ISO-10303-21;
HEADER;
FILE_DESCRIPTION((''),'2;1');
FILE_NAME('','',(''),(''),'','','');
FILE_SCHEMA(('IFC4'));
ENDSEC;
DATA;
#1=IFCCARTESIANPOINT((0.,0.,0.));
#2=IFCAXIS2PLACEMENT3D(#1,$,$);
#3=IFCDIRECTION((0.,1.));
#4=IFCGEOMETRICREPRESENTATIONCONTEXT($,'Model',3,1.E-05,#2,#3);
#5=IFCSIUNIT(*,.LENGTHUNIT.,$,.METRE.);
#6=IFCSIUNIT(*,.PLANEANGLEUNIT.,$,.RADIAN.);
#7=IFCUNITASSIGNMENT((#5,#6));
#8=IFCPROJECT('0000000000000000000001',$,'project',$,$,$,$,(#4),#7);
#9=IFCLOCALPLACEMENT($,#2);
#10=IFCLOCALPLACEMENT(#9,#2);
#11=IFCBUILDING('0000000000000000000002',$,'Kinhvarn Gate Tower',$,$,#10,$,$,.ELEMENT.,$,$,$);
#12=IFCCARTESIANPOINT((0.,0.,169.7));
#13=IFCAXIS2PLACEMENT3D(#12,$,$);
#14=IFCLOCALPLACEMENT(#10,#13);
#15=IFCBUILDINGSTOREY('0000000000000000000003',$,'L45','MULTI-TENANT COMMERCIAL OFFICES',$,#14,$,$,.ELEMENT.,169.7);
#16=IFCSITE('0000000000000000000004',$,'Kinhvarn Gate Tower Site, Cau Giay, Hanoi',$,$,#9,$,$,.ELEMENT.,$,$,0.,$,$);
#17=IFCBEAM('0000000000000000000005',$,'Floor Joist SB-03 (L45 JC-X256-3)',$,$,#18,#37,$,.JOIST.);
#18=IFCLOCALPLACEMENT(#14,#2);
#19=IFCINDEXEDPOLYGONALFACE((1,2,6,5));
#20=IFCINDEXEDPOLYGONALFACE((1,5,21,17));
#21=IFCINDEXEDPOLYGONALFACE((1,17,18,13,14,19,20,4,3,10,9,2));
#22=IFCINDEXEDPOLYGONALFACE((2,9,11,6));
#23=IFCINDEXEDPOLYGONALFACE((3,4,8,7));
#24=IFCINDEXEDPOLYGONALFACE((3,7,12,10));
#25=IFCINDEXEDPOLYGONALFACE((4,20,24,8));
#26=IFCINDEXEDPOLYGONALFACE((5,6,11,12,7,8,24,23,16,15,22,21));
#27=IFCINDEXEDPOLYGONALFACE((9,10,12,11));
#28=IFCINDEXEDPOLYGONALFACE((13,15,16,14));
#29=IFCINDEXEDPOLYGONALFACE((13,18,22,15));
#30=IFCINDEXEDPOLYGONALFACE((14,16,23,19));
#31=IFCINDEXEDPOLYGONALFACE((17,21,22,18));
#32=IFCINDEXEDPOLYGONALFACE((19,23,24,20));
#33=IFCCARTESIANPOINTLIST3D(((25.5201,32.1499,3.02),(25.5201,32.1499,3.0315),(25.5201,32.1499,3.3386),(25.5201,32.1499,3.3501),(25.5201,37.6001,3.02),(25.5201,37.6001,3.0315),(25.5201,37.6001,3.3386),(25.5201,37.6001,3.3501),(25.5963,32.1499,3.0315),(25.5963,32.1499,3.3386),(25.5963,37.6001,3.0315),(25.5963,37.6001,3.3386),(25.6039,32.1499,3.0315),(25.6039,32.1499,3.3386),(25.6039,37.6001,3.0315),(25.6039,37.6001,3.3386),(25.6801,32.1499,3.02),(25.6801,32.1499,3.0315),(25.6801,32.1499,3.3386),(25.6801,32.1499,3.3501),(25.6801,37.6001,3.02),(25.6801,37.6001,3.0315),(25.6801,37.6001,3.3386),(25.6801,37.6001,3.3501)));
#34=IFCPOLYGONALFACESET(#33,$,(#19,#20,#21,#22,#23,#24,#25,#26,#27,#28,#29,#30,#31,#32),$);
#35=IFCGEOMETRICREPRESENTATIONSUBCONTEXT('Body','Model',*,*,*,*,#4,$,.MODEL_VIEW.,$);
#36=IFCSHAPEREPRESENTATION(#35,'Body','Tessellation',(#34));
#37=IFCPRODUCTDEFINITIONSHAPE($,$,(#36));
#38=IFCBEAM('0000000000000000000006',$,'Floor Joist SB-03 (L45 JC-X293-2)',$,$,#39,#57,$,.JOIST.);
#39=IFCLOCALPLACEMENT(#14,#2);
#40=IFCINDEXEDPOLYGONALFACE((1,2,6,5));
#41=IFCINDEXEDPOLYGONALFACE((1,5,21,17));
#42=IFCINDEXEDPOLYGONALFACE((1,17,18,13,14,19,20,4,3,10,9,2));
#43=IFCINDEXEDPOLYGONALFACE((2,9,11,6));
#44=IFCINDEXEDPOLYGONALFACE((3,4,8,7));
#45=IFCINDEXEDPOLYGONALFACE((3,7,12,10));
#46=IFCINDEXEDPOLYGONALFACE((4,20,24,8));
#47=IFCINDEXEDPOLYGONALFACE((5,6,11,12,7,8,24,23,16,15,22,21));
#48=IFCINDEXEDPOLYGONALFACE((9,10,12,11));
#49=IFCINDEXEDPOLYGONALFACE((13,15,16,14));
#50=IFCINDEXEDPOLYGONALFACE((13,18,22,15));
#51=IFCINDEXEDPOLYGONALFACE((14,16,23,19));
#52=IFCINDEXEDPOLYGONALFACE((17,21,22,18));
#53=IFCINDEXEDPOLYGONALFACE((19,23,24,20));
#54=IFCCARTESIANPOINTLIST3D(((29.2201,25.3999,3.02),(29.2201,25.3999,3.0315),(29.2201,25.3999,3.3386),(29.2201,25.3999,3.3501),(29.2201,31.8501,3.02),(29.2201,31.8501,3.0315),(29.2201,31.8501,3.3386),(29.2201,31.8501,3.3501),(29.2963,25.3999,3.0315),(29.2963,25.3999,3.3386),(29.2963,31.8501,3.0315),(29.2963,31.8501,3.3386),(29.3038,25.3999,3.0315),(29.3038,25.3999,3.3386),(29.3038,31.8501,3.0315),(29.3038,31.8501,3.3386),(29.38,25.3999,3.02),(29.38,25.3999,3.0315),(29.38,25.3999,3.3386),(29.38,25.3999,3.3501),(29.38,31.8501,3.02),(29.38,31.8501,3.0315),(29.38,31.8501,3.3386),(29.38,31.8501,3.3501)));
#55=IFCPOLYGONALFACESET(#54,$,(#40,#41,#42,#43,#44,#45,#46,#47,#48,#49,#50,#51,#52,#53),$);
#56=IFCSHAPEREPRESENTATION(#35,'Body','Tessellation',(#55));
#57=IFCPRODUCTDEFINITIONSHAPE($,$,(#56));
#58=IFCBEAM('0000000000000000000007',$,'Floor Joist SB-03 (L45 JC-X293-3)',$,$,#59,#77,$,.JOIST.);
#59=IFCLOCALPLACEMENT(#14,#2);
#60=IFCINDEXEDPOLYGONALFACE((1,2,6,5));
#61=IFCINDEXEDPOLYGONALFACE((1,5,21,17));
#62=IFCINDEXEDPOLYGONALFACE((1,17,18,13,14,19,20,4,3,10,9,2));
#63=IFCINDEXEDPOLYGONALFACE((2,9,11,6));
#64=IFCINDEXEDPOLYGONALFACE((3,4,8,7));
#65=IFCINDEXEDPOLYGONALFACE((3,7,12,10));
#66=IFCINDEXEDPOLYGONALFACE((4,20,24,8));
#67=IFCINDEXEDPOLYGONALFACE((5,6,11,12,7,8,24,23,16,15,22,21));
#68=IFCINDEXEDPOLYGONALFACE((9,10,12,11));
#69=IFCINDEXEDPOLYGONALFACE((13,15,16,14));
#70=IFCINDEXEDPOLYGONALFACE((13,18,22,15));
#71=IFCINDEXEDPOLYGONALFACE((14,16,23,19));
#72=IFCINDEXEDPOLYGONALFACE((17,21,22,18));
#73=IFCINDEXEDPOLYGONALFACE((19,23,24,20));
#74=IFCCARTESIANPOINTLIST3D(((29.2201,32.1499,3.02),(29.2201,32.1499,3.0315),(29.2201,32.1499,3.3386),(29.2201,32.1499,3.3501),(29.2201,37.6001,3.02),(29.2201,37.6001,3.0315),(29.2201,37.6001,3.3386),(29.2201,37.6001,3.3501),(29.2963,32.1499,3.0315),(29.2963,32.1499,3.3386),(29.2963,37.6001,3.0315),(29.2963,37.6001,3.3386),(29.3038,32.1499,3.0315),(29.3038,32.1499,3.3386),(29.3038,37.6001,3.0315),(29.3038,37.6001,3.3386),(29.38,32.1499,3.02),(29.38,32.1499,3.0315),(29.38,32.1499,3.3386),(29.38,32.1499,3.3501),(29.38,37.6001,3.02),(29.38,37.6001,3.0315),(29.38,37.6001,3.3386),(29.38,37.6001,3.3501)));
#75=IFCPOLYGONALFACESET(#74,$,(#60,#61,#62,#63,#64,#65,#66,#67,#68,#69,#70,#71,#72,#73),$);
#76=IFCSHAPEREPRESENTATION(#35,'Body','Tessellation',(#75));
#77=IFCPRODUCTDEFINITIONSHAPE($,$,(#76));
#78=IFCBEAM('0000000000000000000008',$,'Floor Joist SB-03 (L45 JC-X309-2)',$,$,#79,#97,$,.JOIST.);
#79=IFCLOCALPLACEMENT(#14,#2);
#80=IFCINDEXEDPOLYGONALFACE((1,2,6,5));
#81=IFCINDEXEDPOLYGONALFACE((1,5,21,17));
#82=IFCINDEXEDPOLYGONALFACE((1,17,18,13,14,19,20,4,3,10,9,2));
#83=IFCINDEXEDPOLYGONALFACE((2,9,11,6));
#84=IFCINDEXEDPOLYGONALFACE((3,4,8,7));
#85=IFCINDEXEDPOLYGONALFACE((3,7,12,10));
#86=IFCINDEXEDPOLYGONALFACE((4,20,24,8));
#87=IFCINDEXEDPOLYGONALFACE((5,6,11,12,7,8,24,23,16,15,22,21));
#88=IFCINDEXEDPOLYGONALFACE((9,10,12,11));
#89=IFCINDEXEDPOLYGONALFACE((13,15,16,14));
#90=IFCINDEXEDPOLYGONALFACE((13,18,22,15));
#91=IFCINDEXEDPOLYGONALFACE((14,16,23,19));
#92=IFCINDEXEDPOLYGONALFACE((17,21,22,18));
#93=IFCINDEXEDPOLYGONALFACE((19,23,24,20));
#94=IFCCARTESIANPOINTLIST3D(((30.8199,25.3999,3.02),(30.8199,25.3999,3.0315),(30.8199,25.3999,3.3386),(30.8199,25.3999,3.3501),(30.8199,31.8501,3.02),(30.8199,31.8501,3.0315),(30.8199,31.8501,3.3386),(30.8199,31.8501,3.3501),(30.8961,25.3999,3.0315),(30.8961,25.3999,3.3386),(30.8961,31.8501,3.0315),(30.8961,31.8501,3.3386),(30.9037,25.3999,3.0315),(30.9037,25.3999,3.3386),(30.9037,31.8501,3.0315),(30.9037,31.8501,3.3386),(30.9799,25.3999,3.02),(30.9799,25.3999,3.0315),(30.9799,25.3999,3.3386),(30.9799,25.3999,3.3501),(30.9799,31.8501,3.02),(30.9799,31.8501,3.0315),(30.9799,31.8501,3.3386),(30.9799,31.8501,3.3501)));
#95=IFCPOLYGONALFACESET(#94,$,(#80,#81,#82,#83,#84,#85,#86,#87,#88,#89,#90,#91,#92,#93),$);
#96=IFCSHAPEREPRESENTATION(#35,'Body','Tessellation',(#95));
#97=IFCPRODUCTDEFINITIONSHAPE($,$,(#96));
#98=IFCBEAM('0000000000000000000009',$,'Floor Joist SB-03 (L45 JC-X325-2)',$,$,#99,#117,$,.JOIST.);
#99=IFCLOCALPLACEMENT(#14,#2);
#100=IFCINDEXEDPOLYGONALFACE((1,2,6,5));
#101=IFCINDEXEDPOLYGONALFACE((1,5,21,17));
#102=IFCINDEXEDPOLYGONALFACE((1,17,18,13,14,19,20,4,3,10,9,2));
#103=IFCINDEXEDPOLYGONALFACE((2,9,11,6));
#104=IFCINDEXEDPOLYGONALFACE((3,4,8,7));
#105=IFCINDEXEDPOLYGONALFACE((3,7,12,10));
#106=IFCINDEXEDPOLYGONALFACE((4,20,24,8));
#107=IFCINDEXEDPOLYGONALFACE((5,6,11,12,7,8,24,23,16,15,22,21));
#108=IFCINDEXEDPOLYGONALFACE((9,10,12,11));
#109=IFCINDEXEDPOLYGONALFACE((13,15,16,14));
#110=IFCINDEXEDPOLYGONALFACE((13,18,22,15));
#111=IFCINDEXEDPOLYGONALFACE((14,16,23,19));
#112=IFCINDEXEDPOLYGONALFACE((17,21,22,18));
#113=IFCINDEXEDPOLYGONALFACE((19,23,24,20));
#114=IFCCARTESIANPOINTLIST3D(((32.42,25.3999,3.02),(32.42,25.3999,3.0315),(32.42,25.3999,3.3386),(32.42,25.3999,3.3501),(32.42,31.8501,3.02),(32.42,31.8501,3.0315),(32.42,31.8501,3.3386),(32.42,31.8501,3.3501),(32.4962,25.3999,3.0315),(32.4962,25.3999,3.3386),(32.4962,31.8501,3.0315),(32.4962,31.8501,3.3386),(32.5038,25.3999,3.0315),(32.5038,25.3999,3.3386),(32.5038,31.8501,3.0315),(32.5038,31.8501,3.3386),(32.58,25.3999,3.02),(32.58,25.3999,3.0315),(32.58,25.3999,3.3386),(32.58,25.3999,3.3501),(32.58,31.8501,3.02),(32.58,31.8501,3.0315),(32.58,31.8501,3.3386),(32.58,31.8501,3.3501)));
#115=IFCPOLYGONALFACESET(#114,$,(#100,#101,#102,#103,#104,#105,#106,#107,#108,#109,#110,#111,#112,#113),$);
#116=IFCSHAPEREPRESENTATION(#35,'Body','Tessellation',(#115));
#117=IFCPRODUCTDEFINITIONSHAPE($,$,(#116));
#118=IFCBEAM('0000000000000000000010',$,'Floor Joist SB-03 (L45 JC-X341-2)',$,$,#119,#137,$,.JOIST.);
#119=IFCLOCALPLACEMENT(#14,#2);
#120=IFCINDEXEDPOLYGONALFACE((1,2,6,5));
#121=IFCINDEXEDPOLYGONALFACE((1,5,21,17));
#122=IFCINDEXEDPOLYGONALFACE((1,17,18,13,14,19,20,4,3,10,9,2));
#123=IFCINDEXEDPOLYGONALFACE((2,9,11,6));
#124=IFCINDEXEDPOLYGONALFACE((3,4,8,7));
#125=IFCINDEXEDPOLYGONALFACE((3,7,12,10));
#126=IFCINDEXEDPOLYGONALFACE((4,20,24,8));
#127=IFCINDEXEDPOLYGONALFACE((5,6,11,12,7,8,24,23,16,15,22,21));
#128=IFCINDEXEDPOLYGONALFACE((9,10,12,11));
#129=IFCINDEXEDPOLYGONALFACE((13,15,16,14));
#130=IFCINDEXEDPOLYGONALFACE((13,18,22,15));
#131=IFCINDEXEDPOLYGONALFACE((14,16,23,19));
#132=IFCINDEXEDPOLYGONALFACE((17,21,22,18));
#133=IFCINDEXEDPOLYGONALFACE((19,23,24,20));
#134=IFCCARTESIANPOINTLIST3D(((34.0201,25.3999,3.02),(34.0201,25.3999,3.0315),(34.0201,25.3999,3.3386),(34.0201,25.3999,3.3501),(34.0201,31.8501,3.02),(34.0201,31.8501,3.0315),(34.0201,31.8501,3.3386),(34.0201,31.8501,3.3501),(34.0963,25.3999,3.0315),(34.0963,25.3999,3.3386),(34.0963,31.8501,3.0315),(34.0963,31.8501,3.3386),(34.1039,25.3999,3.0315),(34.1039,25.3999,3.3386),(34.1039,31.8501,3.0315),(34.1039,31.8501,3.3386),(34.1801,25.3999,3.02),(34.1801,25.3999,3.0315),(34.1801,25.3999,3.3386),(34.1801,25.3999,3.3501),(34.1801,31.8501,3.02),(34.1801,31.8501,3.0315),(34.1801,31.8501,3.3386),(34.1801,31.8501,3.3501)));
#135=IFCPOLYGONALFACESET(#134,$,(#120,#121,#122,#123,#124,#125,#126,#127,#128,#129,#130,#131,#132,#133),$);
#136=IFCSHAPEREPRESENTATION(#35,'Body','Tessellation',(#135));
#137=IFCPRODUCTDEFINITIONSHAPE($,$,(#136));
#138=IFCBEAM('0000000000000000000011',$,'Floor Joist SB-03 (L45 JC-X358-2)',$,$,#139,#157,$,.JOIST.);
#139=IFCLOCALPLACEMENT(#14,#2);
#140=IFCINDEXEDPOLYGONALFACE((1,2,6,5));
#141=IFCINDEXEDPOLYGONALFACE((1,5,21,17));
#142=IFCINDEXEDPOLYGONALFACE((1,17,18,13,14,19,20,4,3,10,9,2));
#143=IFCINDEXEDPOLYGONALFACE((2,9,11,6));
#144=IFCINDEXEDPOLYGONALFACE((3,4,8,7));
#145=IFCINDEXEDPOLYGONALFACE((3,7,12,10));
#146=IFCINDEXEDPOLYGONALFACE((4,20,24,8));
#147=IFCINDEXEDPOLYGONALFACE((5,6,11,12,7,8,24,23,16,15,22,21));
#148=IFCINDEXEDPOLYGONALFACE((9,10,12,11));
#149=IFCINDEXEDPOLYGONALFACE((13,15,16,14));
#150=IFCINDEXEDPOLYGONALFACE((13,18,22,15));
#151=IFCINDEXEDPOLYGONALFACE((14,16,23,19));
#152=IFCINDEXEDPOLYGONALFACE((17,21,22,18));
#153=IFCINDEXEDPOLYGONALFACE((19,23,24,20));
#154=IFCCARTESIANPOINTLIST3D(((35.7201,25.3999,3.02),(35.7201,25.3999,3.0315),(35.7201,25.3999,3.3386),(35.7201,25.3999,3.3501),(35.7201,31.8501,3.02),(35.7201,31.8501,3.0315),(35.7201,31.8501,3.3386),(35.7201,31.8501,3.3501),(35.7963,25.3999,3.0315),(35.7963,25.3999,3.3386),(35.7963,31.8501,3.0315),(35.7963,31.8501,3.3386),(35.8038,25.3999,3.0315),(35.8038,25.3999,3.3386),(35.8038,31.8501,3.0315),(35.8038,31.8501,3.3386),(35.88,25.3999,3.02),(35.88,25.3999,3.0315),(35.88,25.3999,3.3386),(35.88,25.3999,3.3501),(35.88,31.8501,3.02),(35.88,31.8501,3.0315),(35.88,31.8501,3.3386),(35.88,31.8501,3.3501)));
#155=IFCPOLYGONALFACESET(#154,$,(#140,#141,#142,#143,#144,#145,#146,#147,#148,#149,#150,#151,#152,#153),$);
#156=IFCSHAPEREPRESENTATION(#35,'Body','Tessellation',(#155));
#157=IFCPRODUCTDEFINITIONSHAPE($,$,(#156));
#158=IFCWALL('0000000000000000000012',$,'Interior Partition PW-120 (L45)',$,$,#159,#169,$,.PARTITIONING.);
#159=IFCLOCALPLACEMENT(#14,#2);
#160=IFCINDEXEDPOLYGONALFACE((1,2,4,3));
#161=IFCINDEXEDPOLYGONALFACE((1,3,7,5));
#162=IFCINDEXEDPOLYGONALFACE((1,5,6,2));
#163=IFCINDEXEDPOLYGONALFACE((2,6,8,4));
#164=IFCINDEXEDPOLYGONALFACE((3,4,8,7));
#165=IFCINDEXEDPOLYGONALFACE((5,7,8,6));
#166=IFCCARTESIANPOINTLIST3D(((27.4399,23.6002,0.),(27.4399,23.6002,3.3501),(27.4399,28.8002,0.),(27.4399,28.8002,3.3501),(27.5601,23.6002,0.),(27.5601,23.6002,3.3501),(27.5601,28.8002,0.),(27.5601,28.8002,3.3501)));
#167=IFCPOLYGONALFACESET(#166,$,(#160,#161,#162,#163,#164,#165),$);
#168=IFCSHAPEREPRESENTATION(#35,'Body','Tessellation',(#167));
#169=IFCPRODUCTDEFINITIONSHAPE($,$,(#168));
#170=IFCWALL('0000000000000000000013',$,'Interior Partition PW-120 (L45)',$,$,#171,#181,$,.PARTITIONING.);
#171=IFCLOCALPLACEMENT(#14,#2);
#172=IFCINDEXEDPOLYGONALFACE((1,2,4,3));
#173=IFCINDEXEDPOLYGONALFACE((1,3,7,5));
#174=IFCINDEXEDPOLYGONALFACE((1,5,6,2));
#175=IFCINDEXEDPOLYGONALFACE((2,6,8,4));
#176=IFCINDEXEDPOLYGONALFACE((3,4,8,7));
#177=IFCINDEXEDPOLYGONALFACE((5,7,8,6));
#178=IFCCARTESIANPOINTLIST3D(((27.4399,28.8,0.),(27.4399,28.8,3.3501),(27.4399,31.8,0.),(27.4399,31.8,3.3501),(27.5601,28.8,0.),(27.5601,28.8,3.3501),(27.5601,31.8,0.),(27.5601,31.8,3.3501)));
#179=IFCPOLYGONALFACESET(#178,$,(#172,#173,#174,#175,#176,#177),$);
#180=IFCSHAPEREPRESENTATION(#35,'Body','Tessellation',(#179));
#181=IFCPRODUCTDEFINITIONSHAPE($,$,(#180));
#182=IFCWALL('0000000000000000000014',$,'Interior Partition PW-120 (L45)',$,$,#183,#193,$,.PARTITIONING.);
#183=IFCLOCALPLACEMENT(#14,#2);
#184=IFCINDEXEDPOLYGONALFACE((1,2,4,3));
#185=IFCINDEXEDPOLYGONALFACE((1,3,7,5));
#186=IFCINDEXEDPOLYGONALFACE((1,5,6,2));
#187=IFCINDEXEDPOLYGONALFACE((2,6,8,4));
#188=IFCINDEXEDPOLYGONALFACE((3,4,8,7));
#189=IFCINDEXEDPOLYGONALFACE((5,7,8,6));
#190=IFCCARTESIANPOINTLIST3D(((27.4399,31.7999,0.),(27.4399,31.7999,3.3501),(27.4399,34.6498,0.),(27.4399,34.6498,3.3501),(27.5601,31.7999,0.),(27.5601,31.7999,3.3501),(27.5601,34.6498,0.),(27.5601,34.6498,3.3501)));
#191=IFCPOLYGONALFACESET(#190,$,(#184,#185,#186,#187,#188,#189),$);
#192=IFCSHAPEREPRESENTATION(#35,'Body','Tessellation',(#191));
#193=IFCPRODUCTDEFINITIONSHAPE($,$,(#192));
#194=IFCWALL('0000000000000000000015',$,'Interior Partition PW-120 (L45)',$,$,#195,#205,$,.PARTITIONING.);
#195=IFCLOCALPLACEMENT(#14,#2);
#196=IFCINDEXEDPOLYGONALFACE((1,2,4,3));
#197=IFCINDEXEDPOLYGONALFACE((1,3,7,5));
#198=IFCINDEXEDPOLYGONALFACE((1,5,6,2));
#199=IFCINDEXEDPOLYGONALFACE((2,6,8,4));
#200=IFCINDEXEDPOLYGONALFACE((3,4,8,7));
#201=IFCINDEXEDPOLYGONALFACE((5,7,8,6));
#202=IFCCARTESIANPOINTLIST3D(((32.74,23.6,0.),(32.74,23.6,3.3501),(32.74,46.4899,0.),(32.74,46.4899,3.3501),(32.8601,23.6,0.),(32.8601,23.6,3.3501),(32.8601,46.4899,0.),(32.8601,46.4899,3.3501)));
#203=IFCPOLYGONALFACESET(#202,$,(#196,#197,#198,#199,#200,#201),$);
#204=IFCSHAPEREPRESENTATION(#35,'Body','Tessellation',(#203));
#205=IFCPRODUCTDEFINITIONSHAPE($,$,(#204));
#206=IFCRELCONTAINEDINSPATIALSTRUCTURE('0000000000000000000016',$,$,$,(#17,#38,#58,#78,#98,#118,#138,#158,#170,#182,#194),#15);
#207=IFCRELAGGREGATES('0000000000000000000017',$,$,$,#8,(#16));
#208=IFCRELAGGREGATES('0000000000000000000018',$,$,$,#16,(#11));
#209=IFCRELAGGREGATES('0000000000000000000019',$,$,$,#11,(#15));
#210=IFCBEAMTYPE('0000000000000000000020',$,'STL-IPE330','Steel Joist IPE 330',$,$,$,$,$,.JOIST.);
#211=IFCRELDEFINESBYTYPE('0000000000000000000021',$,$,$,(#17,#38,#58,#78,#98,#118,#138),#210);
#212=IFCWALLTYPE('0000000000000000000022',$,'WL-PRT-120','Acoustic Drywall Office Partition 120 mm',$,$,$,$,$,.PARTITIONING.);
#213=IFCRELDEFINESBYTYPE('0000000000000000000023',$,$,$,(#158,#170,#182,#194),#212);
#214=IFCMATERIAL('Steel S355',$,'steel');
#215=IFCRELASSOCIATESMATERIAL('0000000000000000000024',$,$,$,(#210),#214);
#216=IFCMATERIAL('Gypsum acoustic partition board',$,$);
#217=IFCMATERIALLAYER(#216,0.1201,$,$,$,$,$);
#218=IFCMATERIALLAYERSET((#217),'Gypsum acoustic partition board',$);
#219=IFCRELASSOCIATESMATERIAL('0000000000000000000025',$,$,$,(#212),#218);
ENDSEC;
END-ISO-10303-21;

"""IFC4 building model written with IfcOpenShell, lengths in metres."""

from ifc_helpers import new_model, si_unit, direction, frame, frame_2d, origin, origin_2d, place, context, subcontext, project, spatial, rectangle, i_section, extrude, material, layer, layer_set, material_profile, profile_set, type_object, element, save


model = new_model("IFC4")

# Units and contexts
model_context = context("Model", 3, precision=1e-05, world=origin(), true_north=direction((0.0, 1.0)))
body_context = subcontext(model_context, "Body", "Model", "MODEL_VIEW")
ifc_project = project(units=[si_unit("LENGTHUNIT", "METRE"), si_unit("PLANEANGLEUNIT", "RADIAN")], contexts=[model_context])

# Site, building, storey
site_placement = place(None, origin())
site = spatial("IfcSite", under=ifc_project, at=site_placement, Name="Kinhvarn Gate Tower Site, Cau Giay, Hanoi", CompositionType="ELEMENT", RefElevation=0.0)
building_placement = place(site_placement, origin())
building = spatial("IfcBuilding", under=site, at=building_placement, Name="Kinhvarn Gate Tower", CompositionType="ELEMENT")
storey_placement = place(building_placement, frame((0.0, 0.0, 169.7)))
storey = spatial("IfcBuildingStorey", under=building, at=storey_placement, Name="L45", Description="MULTI-TENANT COMMERCIAL OFFICES", CompositionType="ELEMENT", Elevation=169.7)

# Beams
ifc_material_1 = material(Name="Steel S355", Category="steel")
ifc_material_profile_1 = material_profile(ifc_material_1, i_section(OverallWidth=0.1599, OverallDepth=0.3301, WebThickness=0.0076, FlangeThickness=0.0115, at=origin_2d()), Name="IPE 330")
ifc_profile_set_1 = profile_set([ifc_material_profile_1], Name="Steel S355")
beam_type_1 = type_object("IfcBeamType", Name="STL-IPE330", Description="Steel Joist IPE 330", PredefinedType="JOIST", material=ifc_profile_set_1)
beam_1_placement = place(storey_placement, frame((25.6001, 32.1499, 3.1851), z_axis=(0.0, 1.0, 0.0), x_axis=(-1.0, 0.0, 0.0)))
element("IfcBeam", 1, at=beam_1_placement, inside=storey, type_object=beam_type_1, Name="Floor Joist SB-03 (L45 JC-X256-3)", PredefinedType="JOIST", context=body_context, shape_type="SweptSolid", body=[
    extrude(i_section(OverallWidth=0.1599, OverallDepth=0.3301, WebThickness=0.0076, FlangeThickness=0.0115, at=origin_2d()), origin(), (0.0, 0.0, 1.0), 5.4502),
])
beam_2_placement = place(storey_placement, frame((29.3, 25.3999, 3.1851), z_axis=(0.0, 1.0, 0.0), x_axis=(-1.0, 0.0, 0.0)))
element("IfcBeam", 2, at=beam_2_placement, inside=storey, type_object=beam_type_1, Name="Floor Joist SB-03 (L45 JC-X293-2)", PredefinedType="JOIST", context=body_context, shape_type="SweptSolid", body=[
    extrude(i_section(OverallWidth=0.1599, OverallDepth=0.3301, WebThickness=0.0076, FlangeThickness=0.0115, at=origin_2d()), origin(), (0.0, 0.0, 1.0), 6.4502),
])
beam_3_placement = place(storey_placement, frame((29.3, 32.1499, 3.1851), z_axis=(0.0, 1.0, 0.0), x_axis=(-1.0, 0.0, 0.0)))
element("IfcBeam", 3, at=beam_3_placement, inside=storey, type_object=beam_type_1, Name="Floor Joist SB-03 (L45 JC-X293-3)", PredefinedType="JOIST", context=body_context, shape_type="SweptSolid", body=[
    extrude(i_section(OverallWidth=0.1599, OverallDepth=0.3301, WebThickness=0.0076, FlangeThickness=0.0115, at=origin_2d()), origin(), (0.0, 0.0, 1.0), 5.4502),
])
for number, where, z_axis, x_axis, name in (
    (4, (30.8999, 25.3999, 3.1851), (0.0, 1.0, 0.0), (-1.0, 0.0, 0.0), "Floor Joist SB-03 (L45 JC-X309-2)"),
    (5, (32.5, 25.3999, 3.1851), (0.0, 1.0, 0.0), (-1.0, 0.0, 0.0), "Floor Joist SB-03 (L45 JC-X325-2)"),
    (6, (34.1001, 25.3999, 3.1851), (0.0, 1.0, 0.0), (-1.0, 0.0, 0.0), "Floor Joist SB-03 (L45 JC-X341-2)"),
    (7, (35.8, 25.3999, 3.1851), (0.0, 1.0, 0.0), (-1.0, 0.0, 0.0), "Floor Joist SB-03 (L45 JC-X358-2)"),
):
    element("IfcBeam", number, at=place(storey_placement, frame(where, z_axis=z_axis, x_axis=x_axis)), inside=storey, type_object=beam_type_1, Name=name, PredefinedType="JOIST", context=body_context, shape_type="SweptSolid", body=[
        extrude(i_section(OverallWidth=0.1599, OverallDepth=0.3301, WebThickness=0.0076, FlangeThickness=0.0115, at=origin_2d()), origin(), (0.0, 0.0, 1.0), 6.4502),
    ])

# Walls
ifc_material_2 = material(Name="Gypsum acoustic partition board")
ifc_layer_1 = layer(ifc_material_2, 0.1201)
ifc_layer_set_1 = layer_set([ifc_layer_1], Name="Gypsum acoustic partition board")
wall_type_1 = type_object("IfcWallType", Name="WL-PRT-120", Description="Acoustic Drywall Office Partition 120 mm", PredefinedType="PARTITIONING", material=ifc_layer_set_1)
wall_1_placement = place(storey_placement, frame((27.5, 23.6001, 0.0), z_axis=(0.0, 0.0, 1.0), x_axis=(0.0, 1.0, 0.0)))
element("IfcWall", 8, at=wall_1_placement, inside=storey, type_object=wall_type_1, Name="Interior Partition PW-120 (L45)", PredefinedType="PARTITIONING", context=body_context, shape_type="SweptSolid", body=[
    extrude(rectangle(XDim=5.2, YDim=0.1201, at=frame_2d((2.6001, 0.0))), origin(), (0.0, 0.0, 1.0), 3.3501),
])
wall_2_placement = place(storey_placement, frame((27.5, 28.8, 0.0), z_axis=(0.0, 0.0, 1.0), x_axis=(0.0, 1.0, 0.0)))
element("IfcWall", 9, at=wall_2_placement, inside=storey, type_object=wall_type_1, Name="Interior Partition PW-120 (L45)", PredefinedType="PARTITIONING", context=body_context, shape_type="SweptSolid", body=[
    extrude(rectangle(XDim=3.0, YDim=0.1201, at=frame_2d((1.5, 0.0))), origin(), (0.0, 0.0, 1.0), 3.3501),
])
wall_3_placement = place(storey_placement, frame((27.5, 31.8, 0.0), z_axis=(0.0, 0.0, 1.0), x_axis=(0.0, 1.0, 0.0)))
element("IfcWall", 10, at=wall_3_placement, inside=storey, type_object=wall_type_1, Name="Interior Partition PW-120 (L45)", PredefinedType="PARTITIONING", context=body_context, shape_type="SweptSolid", body=[
    extrude(rectangle(XDim=2.8499, YDim=0.1201, at=frame_2d((1.4248, 0.0))), origin(), (0.0, 0.0, 1.0), 3.3501),
])
wall_4_placement = place(storey_placement, frame((32.8, 23.6001, 0.0), z_axis=(0.0, 0.0, 1.0), x_axis=(0.0, 1.0, 0.0)))
element("IfcWall", 11, at=wall_4_placement, inside=storey, type_object=wall_type_1, Name="Interior Partition PW-120 (L45)", PredefinedType="PARTITIONING", context=body_context, shape_type="SweptSolid", body=[
    extrude(rectangle(XDim=22.8899, YDim=0.1201, at=frame_2d((11.4448, 0.0))), origin(), (0.0, 0.0, 1.0), 3.3501),
])

save(model, "model.ifc")
